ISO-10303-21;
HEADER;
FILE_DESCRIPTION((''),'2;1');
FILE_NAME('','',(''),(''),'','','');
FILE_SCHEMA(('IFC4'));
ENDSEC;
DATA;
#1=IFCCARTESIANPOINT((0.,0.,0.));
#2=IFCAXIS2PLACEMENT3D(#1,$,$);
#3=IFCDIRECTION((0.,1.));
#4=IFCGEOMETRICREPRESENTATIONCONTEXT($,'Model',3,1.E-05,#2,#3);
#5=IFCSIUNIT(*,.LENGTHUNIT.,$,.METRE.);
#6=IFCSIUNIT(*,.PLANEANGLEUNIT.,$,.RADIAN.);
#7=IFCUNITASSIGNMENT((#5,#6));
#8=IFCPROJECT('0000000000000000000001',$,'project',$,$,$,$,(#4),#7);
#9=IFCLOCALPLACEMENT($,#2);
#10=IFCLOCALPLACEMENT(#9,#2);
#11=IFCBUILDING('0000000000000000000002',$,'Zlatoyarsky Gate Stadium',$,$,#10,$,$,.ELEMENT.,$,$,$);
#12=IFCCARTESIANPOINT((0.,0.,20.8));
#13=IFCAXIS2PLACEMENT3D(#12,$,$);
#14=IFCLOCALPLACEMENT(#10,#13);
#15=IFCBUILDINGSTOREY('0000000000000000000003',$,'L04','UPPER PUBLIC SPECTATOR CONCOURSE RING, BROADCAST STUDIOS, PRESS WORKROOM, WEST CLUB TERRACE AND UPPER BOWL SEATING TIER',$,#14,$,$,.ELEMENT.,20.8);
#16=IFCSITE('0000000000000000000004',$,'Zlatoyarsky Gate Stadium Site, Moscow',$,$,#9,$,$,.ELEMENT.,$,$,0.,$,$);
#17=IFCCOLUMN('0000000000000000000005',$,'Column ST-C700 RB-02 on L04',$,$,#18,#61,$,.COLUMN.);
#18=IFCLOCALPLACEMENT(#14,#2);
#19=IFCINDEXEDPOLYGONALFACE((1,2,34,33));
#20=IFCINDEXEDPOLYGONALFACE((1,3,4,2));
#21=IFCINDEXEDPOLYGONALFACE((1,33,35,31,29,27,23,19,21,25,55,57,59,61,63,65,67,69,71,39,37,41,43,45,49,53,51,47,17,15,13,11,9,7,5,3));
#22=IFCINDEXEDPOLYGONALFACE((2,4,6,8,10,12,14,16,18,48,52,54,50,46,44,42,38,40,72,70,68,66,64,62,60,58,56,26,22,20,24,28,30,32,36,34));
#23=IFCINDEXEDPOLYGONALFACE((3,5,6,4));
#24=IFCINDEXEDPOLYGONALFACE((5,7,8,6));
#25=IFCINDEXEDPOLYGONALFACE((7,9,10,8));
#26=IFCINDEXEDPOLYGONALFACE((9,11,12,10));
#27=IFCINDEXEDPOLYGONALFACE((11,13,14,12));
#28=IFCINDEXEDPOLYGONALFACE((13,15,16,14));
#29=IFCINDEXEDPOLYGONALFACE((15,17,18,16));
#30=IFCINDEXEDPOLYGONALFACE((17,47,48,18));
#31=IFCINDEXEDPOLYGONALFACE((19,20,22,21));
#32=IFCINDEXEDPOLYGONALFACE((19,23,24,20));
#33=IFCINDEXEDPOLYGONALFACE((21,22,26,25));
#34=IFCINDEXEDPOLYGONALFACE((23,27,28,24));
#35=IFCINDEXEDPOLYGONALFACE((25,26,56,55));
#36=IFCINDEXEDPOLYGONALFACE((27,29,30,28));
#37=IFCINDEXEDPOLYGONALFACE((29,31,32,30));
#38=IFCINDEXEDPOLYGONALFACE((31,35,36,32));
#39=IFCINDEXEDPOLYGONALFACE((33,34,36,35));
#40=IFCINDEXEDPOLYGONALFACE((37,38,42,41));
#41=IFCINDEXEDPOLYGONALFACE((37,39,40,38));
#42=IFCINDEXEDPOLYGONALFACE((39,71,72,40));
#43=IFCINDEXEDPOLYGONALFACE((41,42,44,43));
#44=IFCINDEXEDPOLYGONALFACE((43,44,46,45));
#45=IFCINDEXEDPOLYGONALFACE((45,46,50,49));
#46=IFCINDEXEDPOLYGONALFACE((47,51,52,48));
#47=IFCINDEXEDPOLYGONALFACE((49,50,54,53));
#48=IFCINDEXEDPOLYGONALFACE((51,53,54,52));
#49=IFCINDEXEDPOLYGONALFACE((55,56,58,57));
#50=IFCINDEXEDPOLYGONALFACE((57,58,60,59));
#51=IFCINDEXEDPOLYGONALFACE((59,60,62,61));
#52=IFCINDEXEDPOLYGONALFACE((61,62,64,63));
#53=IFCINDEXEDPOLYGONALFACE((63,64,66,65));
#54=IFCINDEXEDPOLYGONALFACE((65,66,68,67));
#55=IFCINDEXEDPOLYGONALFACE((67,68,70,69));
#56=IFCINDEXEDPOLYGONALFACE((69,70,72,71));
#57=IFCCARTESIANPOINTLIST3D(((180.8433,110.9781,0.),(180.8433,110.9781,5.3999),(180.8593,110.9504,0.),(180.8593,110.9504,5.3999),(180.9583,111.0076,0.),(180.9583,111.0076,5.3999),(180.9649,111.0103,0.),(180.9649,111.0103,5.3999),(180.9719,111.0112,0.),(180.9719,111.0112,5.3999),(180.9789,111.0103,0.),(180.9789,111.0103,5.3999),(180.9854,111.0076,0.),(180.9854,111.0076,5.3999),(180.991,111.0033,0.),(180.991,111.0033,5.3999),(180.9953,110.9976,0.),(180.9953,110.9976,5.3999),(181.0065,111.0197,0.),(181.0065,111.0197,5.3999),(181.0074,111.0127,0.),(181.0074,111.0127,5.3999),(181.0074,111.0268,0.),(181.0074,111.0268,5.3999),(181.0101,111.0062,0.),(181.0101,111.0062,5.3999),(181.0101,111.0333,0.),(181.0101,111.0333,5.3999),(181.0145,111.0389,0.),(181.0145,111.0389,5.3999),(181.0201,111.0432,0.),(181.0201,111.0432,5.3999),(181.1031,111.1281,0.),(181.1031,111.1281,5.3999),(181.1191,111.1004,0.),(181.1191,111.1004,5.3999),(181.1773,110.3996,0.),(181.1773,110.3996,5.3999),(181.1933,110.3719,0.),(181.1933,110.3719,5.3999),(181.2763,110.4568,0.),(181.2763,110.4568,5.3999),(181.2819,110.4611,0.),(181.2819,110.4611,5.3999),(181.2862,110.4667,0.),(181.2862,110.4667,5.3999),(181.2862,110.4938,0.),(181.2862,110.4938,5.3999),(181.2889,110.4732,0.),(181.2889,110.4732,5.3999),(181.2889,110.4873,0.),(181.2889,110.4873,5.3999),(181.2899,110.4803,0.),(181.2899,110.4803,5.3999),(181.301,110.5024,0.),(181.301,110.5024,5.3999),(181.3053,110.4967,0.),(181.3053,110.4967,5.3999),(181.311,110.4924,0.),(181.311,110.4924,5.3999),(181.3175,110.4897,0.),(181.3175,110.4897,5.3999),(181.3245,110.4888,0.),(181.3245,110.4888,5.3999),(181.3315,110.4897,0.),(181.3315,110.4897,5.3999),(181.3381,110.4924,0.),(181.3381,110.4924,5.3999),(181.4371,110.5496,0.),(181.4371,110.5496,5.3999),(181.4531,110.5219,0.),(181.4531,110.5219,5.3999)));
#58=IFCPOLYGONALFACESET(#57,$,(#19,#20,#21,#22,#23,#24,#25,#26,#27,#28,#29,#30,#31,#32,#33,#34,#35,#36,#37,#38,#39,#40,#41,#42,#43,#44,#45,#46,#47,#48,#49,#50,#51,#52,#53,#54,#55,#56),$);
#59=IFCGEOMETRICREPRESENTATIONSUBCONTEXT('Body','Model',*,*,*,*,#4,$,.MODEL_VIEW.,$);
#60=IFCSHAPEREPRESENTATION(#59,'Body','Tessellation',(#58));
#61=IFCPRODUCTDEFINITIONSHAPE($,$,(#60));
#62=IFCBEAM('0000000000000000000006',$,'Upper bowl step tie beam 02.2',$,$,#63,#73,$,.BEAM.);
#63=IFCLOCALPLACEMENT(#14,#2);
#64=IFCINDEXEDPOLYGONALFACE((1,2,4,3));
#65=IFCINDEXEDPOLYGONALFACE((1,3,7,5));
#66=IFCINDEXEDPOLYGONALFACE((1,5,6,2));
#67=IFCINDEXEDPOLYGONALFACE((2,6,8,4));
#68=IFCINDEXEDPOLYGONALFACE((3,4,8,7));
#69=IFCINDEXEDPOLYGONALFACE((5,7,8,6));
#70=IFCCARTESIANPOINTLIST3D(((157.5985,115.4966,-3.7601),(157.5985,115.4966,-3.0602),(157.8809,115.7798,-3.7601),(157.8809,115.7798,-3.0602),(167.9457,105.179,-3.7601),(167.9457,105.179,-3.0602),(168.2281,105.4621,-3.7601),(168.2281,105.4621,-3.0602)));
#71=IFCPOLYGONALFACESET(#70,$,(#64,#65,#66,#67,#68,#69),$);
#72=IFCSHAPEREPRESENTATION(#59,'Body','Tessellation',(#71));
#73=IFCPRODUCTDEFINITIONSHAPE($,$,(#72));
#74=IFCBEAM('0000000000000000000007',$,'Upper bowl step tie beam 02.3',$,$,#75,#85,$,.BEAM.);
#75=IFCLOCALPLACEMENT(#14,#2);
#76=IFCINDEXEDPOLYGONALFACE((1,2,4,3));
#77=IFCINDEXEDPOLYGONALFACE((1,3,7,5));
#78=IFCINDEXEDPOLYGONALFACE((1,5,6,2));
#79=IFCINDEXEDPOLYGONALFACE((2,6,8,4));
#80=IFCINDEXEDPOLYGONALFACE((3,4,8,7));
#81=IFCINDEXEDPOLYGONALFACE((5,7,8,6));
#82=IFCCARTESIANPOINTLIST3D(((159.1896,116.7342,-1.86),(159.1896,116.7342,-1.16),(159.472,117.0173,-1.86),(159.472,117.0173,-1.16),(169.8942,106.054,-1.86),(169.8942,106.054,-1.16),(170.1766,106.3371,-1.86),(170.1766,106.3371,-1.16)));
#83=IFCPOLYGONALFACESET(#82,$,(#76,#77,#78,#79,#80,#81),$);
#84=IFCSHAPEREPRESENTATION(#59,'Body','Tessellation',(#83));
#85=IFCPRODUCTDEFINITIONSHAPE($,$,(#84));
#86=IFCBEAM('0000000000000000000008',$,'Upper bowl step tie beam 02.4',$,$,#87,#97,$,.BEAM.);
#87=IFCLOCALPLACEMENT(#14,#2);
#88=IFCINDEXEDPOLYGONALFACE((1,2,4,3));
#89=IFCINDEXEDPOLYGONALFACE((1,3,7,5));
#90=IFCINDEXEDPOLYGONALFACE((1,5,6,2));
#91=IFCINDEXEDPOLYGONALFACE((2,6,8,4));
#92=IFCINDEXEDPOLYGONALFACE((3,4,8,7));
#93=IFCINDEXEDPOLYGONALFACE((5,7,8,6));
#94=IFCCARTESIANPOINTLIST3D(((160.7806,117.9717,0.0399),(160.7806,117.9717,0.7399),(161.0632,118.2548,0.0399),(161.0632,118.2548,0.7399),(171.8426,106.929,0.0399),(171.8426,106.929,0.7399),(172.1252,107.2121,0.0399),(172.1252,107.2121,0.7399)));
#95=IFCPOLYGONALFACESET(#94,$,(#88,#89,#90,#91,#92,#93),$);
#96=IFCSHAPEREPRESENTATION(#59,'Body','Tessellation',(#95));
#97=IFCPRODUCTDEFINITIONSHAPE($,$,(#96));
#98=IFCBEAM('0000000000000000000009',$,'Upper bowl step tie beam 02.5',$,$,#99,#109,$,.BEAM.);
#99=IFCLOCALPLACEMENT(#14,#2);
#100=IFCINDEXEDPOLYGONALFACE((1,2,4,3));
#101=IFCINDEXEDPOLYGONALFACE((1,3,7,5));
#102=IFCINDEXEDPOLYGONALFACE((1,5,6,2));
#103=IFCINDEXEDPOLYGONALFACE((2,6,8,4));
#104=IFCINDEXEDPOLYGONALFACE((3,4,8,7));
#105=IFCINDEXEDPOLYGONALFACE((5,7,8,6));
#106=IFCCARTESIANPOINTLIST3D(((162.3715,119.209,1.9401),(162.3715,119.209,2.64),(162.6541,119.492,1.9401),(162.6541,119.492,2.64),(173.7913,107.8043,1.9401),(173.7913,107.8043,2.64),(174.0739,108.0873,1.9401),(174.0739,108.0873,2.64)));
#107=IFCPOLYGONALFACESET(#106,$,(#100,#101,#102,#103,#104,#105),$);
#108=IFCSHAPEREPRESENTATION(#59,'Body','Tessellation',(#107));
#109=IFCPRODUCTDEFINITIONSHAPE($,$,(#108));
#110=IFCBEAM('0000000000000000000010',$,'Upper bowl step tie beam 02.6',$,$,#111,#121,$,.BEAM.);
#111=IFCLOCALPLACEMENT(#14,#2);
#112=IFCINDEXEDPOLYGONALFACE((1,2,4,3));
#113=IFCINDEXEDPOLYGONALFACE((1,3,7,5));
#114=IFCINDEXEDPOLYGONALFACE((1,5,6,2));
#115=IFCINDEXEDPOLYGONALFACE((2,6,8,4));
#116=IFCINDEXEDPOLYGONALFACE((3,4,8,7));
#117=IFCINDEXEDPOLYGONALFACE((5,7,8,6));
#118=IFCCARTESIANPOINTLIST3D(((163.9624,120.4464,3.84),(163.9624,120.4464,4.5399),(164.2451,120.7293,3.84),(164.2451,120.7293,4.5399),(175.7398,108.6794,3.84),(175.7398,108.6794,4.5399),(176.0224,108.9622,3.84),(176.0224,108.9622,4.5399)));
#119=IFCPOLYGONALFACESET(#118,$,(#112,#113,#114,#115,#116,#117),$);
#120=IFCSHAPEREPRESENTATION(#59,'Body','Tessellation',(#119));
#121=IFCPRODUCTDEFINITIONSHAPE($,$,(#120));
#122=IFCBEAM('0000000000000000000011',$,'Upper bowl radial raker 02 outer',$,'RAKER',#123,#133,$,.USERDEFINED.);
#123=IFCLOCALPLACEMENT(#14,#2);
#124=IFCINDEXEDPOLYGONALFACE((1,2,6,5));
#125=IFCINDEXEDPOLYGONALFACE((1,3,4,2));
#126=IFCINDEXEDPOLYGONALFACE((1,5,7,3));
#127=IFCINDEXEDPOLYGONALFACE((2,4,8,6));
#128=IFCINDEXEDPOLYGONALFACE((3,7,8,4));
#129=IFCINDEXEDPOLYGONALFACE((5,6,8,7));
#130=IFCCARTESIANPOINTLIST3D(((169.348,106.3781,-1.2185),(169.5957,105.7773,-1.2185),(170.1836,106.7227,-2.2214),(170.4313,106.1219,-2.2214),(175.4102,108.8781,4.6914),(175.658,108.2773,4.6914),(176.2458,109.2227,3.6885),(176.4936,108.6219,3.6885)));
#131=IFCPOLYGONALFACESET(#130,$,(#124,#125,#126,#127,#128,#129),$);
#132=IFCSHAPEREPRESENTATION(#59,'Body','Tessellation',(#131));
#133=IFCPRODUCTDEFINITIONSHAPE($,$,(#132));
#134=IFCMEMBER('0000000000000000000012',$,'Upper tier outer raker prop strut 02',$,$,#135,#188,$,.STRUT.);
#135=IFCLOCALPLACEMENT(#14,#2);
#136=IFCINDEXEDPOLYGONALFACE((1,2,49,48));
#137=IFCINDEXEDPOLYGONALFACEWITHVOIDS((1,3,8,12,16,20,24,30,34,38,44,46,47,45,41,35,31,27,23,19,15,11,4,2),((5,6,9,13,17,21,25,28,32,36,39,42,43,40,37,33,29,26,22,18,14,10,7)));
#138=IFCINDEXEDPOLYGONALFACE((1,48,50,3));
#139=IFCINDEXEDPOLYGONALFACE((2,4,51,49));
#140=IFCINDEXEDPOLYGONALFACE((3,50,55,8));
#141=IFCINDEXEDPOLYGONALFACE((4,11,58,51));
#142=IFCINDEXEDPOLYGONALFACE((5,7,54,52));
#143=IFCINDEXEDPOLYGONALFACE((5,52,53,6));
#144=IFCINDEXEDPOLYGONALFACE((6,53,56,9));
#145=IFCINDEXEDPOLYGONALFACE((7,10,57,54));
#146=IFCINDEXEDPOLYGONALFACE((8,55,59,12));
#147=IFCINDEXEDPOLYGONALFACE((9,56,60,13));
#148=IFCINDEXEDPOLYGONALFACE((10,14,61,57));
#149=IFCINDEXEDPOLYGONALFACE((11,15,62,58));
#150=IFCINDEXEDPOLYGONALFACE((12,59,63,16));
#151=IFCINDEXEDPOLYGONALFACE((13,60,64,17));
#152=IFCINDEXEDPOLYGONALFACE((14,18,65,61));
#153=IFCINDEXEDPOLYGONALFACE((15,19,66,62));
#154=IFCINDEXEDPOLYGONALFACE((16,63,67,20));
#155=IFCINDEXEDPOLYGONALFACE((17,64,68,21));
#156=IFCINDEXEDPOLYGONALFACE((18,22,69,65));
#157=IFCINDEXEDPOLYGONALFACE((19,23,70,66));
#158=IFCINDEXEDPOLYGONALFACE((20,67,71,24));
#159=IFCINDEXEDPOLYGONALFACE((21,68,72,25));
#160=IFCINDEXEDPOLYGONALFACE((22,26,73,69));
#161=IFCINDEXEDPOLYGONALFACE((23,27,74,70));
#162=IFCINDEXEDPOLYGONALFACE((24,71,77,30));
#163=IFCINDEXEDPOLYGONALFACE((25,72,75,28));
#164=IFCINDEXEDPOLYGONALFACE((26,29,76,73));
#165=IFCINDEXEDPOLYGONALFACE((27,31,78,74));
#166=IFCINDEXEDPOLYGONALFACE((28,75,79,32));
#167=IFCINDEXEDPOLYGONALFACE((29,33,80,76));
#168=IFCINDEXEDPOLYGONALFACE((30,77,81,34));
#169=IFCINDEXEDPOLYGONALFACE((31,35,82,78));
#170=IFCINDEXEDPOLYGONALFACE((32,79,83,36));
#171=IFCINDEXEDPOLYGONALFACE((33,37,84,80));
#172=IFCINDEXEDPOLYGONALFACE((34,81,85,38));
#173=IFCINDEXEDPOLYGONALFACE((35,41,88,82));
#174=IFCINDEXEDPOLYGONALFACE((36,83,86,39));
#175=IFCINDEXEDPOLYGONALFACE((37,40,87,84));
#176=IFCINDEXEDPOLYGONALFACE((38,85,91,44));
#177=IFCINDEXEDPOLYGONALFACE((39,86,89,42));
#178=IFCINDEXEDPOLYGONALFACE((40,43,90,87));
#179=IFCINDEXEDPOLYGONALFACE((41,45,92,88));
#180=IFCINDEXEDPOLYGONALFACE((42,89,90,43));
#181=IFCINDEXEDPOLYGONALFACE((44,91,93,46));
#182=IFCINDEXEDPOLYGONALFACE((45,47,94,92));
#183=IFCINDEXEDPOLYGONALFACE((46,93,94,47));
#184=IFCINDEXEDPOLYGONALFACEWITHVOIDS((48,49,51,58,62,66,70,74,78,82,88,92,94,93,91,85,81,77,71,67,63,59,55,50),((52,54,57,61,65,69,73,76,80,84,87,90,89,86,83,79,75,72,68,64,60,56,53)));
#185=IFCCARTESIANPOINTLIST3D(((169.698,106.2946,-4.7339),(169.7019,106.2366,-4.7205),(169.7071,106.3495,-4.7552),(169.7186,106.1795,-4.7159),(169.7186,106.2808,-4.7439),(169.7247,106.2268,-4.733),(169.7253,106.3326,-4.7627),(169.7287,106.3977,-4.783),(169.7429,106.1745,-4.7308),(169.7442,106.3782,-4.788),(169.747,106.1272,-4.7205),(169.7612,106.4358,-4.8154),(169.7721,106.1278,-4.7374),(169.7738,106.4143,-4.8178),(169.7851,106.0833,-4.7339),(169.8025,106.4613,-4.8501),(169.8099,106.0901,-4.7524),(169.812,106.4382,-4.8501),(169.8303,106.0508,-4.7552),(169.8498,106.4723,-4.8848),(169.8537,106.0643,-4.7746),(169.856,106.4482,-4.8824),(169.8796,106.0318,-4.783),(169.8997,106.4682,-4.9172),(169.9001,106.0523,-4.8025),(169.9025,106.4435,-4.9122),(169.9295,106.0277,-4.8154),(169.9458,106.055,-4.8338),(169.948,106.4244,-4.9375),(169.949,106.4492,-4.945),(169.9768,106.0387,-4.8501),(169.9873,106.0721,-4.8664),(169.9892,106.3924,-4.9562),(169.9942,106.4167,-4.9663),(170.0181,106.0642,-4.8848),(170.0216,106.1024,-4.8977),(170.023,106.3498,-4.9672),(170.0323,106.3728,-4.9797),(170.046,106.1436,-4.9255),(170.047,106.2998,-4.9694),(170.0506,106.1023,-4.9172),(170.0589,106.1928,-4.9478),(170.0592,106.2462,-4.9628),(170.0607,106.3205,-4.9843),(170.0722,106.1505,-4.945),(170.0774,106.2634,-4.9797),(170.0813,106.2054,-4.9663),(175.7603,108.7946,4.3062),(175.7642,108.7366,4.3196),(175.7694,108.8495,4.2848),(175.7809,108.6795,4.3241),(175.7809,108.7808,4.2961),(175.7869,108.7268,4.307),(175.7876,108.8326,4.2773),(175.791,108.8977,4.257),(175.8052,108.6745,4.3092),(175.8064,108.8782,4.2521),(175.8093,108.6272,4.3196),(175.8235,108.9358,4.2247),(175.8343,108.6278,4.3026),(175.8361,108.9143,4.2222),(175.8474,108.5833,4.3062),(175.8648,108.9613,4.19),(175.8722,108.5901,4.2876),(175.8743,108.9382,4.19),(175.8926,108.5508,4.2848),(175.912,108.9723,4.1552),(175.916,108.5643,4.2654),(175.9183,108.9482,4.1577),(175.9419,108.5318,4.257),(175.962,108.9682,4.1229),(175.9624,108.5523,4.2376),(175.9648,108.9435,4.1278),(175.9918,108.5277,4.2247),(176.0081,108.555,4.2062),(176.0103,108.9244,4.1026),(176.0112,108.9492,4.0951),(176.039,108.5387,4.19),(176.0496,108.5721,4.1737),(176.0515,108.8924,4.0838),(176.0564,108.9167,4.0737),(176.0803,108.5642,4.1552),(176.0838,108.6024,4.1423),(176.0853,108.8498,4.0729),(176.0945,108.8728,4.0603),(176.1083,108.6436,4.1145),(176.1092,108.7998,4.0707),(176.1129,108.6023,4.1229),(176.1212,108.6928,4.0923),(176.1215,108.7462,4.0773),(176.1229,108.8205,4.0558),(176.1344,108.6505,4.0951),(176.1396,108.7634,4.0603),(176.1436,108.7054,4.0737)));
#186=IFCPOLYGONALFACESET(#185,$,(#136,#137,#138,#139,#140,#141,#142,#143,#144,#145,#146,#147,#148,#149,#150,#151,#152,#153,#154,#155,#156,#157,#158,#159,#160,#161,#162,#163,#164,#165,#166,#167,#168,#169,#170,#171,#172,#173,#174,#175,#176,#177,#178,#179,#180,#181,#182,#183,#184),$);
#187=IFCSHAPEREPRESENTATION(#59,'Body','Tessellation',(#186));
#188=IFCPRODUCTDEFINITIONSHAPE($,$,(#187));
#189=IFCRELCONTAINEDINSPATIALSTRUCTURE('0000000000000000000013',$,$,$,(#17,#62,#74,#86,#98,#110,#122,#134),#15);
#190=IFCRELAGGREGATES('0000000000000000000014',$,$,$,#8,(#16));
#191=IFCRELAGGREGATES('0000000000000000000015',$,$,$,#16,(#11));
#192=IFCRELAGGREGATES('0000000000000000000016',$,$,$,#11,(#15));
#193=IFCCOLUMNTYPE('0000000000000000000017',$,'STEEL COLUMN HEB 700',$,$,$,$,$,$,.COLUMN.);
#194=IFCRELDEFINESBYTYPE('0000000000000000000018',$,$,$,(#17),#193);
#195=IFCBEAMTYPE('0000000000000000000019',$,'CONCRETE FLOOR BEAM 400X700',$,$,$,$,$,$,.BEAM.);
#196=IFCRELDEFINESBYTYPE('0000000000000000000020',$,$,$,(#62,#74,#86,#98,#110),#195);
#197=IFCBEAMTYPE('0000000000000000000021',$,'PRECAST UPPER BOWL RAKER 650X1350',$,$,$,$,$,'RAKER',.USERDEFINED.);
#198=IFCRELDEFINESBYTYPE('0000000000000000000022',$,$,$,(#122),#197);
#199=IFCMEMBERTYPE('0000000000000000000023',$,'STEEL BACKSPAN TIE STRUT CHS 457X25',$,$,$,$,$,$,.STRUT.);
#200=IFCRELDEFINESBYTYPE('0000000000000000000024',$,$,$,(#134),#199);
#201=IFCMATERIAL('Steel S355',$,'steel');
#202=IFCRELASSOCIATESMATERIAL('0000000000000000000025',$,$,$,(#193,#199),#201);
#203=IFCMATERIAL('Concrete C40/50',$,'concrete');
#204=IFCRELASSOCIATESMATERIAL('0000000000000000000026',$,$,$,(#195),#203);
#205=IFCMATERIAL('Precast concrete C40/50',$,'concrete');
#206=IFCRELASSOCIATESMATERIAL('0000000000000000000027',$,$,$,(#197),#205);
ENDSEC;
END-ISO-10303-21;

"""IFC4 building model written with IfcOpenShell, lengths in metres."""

from ifc_helpers import new_model, si_unit, direction, frame, origin, origin_2d, place, context, subcontext, project, spatial, rectangle, hollow_circle, i_section, extrude, material, material_profile, profile_set, type_object, element, save


model = new_model("IFC4")

# Units and contexts
model_context = context("Model", 3, precision=1e-05, world=origin(), true_north=direction((0.0, 1.0)))
body_context = subcontext(model_context, "Body", "Model", "MODEL_VIEW")
ifc_project = project(units=[si_unit("LENGTHUNIT", "METRE"), si_unit("PLANEANGLEUNIT", "RADIAN")], contexts=[model_context])

# Site, building, storey
site_placement = place(None, origin())
site = spatial("IfcSite", under=ifc_project, at=site_placement, Name="Zlatoyarsky Gate Stadium Site, Moscow", CompositionType="ELEMENT", RefElevation=0.0)
building_placement = place(site_placement, origin())
building = spatial("IfcBuilding", under=site, at=building_placement, Name="Zlatoyarsky Gate Stadium", CompositionType="ELEMENT")
storey_placement = place(building_placement, frame((0.0, 0.0, 20.8)))
storey = spatial("IfcBuildingStorey", under=building, at=storey_placement, Name="L04", Description="UPPER PUBLIC SPECTATOR CONCOURSE RING, BROADCAST STUDIOS, PRESS WORKROOM, WEST CLUB TERRACE AND UPPER BOWL SEATING TIER", CompositionType="ELEMENT", Elevation=20.8)

# Column
ifc_material_1 = material(Name="Steel S355", Category="steel")
ifc_material_profile_1 = material_profile(ifc_material_1, i_section(OverallWidth=0.3, OverallDepth=0.7, WebThickness=0.0171, FlangeThickness=0.032, FilletRadius=0.0271, at=origin_2d()), Name="HEB 700")
ifc_profile_set_1 = profile_set([ifc_material_profile_1], Name="Steel S355")
column_type = type_object("IfcColumnType", Name="STEEL COLUMN HEB 700", PredefinedType="COLUMN", material=ifc_profile_set_1)
column_placement = place(storey_placement, frame((181.1482, 110.75, 0.0), z_axis=(0.0, 0.0, 1.0), x_axis=(0.866025, 0.5, 0.0)))
element("IfcColumn", 1, at=column_placement, inside=storey, type_object=column_type, Name="Column ST-C700 RB-02 on L04", PredefinedType="COLUMN", context=body_context, shape_type="SweptSolid", body=[
    extrude(i_section(OverallWidth=0.3, OverallDepth=0.7, WebThickness=0.0171, FlangeThickness=0.032, FilletRadius=0.0271, at=origin_2d()), origin(), (0.0, 0.0, 1.0), 5.3999),
])

# Beams
ifc_material_2 = material(Name="Concrete C40/50", Category="concrete")
ifc_material_profile_2 = material_profile(ifc_material_2, rectangle(XDim=0.3999, YDim=0.7, at=origin_2d()), Name="RC BEAM 400X700")
ifc_profile_set_2 = profile_set([ifc_material_profile_2], Name="Concrete C40/50")
beam_type_1 = type_object("IfcBeamType", Name="CONCRETE FLOOR BEAM 400X700", PredefinedType="BEAM", material=ifc_profile_set_2)
beam_1_placement = place(storey_placement, frame((168.0869, 105.3206, -3.4102), z_axis=(-0.708117, 0.706095, 0.0), x_axis=(-0.706095, -0.708117, 0.0)))
element("IfcBeam", 2, at=beam_1_placement, inside=storey, type_object=beam_type_1, Name="Upper bowl step tie beam 02.2", PredefinedType="BEAM", context=body_context, shape_type="SweptSolid", body=[
    extrude(rectangle(XDim=0.3999, YDim=0.7, at=origin_2d()), origin(), (0.0, 0.0, 1.0), 14.6123),
])
beam_2_placement = place(storey_placement, frame((170.0354, 106.1956, -1.51), z_axis=(-0.707914, 0.706299, 0.0), x_axis=(-0.706299, -0.707914, 0.0)))
element("IfcBeam", 3, at=beam_2_placement, inside=storey, type_object=beam_type_1, Name="Upper bowl step tie beam 02.3", PredefinedType="BEAM", context=body_context, shape_type="SweptSolid", body=[
    extrude(rectangle(XDim=0.3999, YDim=0.7, at=origin_2d()), origin(), (0.0, 0.0, 1.0), 15.1213),
])
beam_3_placement = place(storey_placement, frame((171.9839, 107.0706, 0.3899), z_axis=(-0.707723, 0.70649, 0.0), x_axis=(-0.70649, -0.707723, 0.0)))
element("IfcBeam", 4, at=beam_3_placement, inside=storey, type_object=beam_type_1, Name="Upper bowl step tie beam 02.4", PredefinedType="BEAM", context=body_context, shape_type="SweptSolid", body=[
    extrude(rectangle(XDim=0.3999, YDim=0.7, at=origin_2d()), origin(), (0.0, 0.0, 1.0), 15.6304),
])
beam_4_placement = place(storey_placement, frame((173.9326, 107.9458, 2.29), z_axis=(-0.707576, 0.706638, 0.0), x_axis=(-0.706638, -0.707576, 0.0)))
element("IfcBeam", 5, at=beam_4_placement, inside=storey, type_object=beam_type_1, Name="Upper bowl step tie beam 02.5", PredefinedType="BEAM", context=body_context, shape_type="SweptSolid", body=[
    extrude(rectangle(XDim=0.3999, YDim=0.7, at=origin_2d()), origin(), (0.0, 0.0, 1.0), 16.1394),
])
beam_5_placement = place(storey_placement, frame((175.8811, 108.8208, 4.1899), z_axis=(-0.707415, 0.706799, 0.0), x_axis=(-0.706799, -0.707415, 0.0)))
element("IfcBeam", 6, at=beam_5_placement, inside=storey, type_object=beam_type_1, Name="Upper bowl step tie beam 02.6", PredefinedType="BEAM", context=body_context, shape_type="SweptSolid", body=[
    extrude(rectangle(XDim=0.3999, YDim=0.7, at=origin_2d()), origin(), (0.0, 0.0, 1.0), 16.6484),
])
ifc_material_3 = material(Name="Precast concrete C40/50", Category="concrete")
ifc_material_profile_3 = material_profile(ifc_material_3, rectangle(XDim=0.6499, YDim=1.3501, at=origin_2d()), Name="PC RAKER 650X1350")
ifc_profile_set_3 = profile_set([ifc_material_profile_3], Name="Precast concrete C40/50")
beam_type_2 = type_object("IfcBeamType", Name="PRECAST UPPER BOWL RAKER 650X1350", ElementType="RAKER", PredefinedType="USERDEFINED", material=ifc_profile_set_3)
beam_6_placement = place(storey_placement, frame((169.8896, 106.25, -1.72), z_axis=(0.686732, 0.2832, 0.669475), x_axis=(-0.381242, 0.924475, 0.0)))
element("IfcBeam", 7, at=beam_6_placement, inside=storey, type_object=beam_type_2, Name="Upper bowl radial raker 02 outer", ObjectType="RAKER", PredefinedType="USERDEFINED", context=body_context, shape_type="SweptSolid", body=[
    extrude(rectangle(XDim=0.6499, YDim=1.3501, at=origin_2d()), origin(), (0.0, 0.0, 1.0), 8.8276),
])

# Member
ifc_material_profile_4 = material_profile(ifc_material_1, hollow_circle(Radius=0.2285, WallThickness=0.0249, at=origin_2d()), Name="CHS 457X25")
ifc_profile_set_4 = profile_set([ifc_material_profile_4], Name="Steel S355")
member_type = type_object("IfcMemberType", Name="STEEL BACKSPAN TIE STRUT CHS 457X25", PredefinedType="STRUT", material=ifc_profile_set_4)
member_placement = place(storey_placement, frame((169.8896, 106.25, -4.8501), z_axis=(0.542826, 0.223855, 0.809462), x_axis=(-0.381242, 0.924475, 0.0)))
element("IfcMember", 8, at=member_placement, inside=storey, type_object=member_type, Name="Upper tier outer raker prop strut 02", PredefinedType="STRUT", context=body_context, shape_type="SweptSolid", body=[
    extrude(hollow_circle(Radius=0.2285, WallThickness=0.0249, at=origin_2d()), origin(), (0.0, 0.0, 1.0), 11.168),
])

save(model, "model.ifc")
